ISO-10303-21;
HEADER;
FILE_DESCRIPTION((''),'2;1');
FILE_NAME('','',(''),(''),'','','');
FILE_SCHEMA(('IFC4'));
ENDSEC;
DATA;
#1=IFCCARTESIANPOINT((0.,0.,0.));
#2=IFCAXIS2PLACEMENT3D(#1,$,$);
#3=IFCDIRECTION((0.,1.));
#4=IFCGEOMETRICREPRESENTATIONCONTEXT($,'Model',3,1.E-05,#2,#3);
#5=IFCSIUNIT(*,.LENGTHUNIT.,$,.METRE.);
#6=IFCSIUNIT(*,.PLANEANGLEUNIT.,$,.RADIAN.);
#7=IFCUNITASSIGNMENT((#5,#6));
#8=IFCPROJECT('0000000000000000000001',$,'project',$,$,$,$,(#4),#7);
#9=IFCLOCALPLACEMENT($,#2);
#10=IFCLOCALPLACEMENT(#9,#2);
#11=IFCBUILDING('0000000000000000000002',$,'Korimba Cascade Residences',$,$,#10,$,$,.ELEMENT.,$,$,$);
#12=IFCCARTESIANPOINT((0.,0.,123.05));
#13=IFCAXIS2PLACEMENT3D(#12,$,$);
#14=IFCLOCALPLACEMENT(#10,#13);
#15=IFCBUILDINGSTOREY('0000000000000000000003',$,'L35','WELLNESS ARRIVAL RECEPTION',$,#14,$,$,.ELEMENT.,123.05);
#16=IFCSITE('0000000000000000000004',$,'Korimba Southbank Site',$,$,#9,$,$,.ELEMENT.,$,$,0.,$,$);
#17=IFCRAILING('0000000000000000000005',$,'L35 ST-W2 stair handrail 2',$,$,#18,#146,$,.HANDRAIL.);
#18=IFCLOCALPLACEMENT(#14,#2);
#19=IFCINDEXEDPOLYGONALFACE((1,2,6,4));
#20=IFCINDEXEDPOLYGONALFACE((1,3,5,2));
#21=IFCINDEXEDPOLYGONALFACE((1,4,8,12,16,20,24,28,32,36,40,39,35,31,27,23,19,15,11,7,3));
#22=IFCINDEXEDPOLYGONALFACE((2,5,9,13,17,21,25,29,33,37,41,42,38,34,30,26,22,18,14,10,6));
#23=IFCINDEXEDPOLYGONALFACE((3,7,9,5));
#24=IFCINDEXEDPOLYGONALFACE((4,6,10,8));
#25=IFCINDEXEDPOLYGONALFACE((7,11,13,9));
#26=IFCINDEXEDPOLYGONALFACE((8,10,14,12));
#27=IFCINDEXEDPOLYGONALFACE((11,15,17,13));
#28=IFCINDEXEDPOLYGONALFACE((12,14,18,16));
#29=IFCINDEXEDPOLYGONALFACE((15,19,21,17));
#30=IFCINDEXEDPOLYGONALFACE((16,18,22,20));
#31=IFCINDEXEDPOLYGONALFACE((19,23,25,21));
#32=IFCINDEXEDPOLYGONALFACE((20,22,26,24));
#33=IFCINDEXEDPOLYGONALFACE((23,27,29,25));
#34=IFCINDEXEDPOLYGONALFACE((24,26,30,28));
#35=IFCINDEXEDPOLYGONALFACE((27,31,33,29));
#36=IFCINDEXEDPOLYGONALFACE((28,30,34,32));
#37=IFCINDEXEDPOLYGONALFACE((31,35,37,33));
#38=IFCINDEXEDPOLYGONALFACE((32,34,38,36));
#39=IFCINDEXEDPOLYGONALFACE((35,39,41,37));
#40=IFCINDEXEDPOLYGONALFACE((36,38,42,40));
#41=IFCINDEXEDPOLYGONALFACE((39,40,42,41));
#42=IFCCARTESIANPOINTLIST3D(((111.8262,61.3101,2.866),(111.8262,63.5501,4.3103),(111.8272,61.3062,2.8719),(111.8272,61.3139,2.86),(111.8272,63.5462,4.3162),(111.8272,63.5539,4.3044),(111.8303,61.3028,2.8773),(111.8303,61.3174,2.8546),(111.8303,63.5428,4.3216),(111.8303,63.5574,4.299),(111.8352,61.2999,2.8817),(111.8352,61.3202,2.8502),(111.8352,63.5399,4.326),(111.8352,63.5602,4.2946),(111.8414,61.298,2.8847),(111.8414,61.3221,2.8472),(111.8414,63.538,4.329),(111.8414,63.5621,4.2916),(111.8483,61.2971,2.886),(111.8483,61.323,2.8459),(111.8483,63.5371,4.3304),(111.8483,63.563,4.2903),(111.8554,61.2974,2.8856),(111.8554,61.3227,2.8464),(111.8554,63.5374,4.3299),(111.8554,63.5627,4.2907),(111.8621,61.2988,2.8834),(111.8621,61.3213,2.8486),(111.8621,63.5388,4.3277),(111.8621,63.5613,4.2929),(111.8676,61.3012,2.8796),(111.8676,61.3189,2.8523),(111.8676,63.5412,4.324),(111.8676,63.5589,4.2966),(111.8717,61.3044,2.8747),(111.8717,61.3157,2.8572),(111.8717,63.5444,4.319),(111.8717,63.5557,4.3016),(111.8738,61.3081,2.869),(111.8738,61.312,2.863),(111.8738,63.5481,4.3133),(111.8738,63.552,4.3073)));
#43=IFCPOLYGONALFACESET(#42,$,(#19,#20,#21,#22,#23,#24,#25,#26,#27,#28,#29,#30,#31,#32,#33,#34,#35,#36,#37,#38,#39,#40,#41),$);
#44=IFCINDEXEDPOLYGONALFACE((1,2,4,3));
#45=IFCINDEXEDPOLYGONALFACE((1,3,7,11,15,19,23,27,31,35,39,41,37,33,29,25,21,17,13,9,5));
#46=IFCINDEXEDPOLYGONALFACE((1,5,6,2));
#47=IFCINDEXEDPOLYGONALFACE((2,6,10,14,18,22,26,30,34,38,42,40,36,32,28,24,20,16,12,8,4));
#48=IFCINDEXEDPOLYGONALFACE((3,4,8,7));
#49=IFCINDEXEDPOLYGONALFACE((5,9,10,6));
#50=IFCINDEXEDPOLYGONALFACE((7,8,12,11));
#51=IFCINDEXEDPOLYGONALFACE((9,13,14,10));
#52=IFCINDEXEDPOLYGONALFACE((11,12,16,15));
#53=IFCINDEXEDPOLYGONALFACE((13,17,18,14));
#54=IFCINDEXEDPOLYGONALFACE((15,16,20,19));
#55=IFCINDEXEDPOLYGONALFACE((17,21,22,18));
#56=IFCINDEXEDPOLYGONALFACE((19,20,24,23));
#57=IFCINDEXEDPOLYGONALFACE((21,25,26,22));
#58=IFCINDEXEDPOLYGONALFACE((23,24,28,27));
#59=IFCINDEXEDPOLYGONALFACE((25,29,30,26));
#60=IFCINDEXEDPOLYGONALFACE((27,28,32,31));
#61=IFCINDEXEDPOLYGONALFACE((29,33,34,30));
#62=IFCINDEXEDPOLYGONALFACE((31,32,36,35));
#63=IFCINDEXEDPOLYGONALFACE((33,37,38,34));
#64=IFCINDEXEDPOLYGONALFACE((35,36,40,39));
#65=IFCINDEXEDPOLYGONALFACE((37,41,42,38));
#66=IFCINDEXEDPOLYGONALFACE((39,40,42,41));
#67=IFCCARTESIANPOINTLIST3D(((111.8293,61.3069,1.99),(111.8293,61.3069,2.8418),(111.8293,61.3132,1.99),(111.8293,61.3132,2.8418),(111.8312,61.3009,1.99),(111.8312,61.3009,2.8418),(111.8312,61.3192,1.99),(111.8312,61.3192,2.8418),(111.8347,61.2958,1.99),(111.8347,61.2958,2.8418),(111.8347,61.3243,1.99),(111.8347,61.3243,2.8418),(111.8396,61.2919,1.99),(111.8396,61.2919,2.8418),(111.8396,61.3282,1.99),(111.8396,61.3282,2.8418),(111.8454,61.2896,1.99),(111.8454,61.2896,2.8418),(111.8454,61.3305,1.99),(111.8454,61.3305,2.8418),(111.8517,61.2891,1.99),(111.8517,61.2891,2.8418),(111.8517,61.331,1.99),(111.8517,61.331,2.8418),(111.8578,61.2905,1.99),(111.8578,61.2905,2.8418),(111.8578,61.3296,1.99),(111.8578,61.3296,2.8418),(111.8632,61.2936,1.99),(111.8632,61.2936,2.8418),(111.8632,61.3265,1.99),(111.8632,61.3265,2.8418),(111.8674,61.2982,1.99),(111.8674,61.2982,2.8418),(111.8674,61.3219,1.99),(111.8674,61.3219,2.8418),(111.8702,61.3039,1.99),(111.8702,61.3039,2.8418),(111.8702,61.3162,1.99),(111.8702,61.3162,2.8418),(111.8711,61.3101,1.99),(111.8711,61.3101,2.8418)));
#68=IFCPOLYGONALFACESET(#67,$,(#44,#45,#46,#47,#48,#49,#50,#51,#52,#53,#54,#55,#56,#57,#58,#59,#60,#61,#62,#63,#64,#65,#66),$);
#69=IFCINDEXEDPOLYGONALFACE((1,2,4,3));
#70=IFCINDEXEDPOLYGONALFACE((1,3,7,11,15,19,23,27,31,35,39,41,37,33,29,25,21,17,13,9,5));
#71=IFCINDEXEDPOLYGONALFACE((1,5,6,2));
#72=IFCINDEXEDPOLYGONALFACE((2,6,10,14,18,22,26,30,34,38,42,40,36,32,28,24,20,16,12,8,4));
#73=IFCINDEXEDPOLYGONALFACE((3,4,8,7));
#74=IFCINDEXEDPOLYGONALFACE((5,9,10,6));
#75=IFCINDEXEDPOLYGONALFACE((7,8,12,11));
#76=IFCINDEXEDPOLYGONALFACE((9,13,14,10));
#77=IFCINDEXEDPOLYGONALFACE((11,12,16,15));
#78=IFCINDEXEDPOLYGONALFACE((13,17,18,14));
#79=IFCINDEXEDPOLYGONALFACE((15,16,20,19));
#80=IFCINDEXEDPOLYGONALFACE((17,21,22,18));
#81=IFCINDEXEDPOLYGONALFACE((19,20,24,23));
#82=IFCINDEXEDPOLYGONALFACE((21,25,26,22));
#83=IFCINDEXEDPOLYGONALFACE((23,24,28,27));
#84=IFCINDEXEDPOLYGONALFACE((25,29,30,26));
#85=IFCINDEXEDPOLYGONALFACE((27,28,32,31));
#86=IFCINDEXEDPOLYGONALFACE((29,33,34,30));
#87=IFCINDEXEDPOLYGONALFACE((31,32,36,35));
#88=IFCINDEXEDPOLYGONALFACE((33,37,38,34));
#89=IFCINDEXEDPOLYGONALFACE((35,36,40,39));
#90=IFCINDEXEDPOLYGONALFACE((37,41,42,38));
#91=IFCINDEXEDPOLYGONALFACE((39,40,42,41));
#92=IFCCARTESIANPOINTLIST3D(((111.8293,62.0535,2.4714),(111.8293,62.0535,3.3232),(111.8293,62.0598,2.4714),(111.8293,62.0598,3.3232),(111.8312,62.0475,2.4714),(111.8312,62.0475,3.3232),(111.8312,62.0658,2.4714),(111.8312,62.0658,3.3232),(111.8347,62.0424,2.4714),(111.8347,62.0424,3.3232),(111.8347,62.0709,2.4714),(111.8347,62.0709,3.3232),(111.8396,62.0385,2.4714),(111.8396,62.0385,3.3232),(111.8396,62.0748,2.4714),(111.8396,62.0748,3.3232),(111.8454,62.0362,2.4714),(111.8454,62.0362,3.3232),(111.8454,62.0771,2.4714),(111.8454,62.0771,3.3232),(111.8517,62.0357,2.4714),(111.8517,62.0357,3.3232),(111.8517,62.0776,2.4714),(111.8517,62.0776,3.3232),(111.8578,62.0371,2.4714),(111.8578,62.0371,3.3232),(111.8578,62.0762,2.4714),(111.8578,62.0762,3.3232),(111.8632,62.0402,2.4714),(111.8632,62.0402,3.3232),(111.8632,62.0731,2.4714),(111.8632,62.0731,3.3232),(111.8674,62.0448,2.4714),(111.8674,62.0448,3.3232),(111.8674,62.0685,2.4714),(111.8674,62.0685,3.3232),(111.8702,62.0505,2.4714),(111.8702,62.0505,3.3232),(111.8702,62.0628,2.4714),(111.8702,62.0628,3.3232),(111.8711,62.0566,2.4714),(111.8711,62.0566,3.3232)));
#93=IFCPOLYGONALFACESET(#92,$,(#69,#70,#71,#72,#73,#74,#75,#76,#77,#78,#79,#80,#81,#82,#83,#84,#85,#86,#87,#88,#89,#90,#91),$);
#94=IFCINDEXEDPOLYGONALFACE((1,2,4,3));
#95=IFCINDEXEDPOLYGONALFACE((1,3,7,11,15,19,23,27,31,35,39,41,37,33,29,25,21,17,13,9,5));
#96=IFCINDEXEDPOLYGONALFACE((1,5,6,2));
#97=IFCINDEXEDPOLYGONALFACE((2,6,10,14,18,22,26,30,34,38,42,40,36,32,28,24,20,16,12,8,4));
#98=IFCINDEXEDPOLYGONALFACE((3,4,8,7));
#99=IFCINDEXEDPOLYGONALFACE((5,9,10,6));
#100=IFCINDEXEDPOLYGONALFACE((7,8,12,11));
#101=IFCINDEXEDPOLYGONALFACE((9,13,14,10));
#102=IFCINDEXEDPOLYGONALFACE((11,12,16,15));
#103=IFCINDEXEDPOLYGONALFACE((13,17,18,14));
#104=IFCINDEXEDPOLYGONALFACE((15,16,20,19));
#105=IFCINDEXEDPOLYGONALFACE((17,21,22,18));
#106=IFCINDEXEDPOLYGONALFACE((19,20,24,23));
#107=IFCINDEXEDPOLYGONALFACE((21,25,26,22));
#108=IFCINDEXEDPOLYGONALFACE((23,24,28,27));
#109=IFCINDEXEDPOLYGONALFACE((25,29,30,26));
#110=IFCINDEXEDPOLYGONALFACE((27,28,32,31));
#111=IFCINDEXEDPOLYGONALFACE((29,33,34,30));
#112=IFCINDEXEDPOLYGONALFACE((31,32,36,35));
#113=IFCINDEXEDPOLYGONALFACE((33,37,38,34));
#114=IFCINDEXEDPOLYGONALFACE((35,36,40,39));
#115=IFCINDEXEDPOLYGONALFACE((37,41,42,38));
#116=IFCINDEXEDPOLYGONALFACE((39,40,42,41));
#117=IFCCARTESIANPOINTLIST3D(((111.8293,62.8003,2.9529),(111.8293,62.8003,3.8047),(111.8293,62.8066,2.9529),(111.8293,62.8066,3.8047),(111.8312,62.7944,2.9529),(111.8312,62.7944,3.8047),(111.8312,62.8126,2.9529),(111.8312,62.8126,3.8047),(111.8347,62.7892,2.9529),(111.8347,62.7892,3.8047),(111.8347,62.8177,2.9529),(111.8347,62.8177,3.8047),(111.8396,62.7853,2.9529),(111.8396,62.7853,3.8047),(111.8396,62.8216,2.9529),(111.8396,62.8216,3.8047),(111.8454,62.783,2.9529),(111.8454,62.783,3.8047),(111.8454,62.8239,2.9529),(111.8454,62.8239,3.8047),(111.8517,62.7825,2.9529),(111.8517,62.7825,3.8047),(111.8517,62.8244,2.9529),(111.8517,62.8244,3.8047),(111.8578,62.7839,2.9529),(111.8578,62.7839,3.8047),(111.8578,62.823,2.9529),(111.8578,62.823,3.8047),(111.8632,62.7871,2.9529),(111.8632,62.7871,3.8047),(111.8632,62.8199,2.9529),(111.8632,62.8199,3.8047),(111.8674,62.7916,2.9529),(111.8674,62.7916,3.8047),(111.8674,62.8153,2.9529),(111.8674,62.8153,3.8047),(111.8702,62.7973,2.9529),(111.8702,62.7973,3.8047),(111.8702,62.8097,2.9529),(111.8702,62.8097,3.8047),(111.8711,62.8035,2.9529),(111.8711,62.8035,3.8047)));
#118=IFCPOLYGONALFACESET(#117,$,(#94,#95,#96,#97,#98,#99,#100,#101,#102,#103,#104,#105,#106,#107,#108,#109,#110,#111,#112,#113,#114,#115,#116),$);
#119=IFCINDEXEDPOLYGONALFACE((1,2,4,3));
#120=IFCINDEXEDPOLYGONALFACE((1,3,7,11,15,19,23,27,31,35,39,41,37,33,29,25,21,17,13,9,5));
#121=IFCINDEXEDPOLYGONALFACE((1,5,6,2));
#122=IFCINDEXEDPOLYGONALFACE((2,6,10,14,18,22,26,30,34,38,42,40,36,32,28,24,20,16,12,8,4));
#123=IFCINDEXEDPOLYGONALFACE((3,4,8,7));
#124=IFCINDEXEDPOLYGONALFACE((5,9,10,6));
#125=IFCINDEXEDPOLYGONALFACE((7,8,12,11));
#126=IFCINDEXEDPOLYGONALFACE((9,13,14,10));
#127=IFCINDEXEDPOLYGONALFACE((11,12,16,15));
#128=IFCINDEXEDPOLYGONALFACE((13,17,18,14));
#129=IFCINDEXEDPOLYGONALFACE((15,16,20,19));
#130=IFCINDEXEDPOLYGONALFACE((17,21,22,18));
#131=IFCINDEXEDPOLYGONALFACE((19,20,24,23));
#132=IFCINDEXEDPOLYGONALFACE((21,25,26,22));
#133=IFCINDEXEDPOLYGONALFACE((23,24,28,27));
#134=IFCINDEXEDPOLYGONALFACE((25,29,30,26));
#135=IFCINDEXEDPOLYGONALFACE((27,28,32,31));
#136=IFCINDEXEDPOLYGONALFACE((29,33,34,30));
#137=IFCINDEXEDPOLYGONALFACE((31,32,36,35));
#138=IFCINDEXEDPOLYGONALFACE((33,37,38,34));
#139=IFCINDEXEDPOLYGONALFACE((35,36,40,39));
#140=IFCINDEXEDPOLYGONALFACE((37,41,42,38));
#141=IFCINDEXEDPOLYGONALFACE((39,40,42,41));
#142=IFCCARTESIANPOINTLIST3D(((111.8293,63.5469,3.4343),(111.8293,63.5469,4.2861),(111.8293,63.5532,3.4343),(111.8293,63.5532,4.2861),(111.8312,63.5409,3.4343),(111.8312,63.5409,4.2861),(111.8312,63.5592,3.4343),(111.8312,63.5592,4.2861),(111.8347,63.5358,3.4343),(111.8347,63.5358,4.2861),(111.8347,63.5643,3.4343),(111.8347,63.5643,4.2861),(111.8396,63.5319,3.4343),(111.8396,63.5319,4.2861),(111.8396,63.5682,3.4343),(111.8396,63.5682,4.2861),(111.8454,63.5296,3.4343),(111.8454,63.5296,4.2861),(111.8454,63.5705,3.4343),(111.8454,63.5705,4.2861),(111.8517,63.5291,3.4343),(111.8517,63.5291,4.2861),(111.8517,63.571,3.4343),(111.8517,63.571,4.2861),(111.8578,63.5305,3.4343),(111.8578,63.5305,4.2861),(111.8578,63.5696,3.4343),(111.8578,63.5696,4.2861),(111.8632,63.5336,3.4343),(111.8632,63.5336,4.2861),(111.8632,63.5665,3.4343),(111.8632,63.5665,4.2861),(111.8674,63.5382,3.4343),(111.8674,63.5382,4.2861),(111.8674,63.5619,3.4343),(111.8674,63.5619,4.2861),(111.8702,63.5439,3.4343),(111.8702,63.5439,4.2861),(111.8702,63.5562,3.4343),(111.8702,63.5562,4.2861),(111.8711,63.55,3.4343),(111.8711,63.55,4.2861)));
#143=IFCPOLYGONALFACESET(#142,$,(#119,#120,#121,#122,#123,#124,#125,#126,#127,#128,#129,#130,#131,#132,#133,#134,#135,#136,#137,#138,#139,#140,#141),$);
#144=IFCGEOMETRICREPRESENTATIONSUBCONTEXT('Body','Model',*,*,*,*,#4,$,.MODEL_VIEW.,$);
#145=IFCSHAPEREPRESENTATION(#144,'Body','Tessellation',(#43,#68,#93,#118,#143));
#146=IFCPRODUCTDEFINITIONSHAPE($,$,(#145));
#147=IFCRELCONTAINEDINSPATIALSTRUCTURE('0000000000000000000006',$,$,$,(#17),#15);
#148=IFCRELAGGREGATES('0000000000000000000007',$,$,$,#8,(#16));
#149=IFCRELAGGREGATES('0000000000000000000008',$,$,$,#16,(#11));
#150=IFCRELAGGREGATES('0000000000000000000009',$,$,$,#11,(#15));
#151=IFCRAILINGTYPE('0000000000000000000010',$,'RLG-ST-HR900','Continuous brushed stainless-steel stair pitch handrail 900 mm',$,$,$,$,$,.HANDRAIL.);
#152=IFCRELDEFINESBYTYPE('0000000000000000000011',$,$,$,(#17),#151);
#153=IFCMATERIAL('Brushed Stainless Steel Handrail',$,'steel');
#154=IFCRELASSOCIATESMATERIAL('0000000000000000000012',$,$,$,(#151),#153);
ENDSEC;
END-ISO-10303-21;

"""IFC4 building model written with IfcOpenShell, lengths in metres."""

from ifc_helpers import new_model, si_unit, direction, frame, origin, origin_2d, place, context, subcontext, project, spatial, circle, extrude, material, type_object, element, save


model = new_model("IFC4")

# Units and contexts
model_context = context("Model", 3, precision=1e-05, world=origin(), true_north=direction((0.0, 1.0)))
body_context = subcontext(model_context, "Body", "Model", "MODEL_VIEW")
ifc_project = project(units=[si_unit("LENGTHUNIT", "METRE"), si_unit("PLANEANGLEUNIT", "RADIAN")], contexts=[model_context])

# Site, building, storey
site_placement = place(None, origin())
site = spatial("IfcSite", under=ifc_project, at=site_placement, Name="Korimba Southbank Site", CompositionType="ELEMENT", RefElevation=0.0)
building_placement = place(site_placement, origin())
building = spatial("IfcBuilding", under=site, at=building_placement, Name="Korimba Cascade Residences", CompositionType="ELEMENT")
storey_placement = place(building_placement, frame((0.0, 0.0, 123.05)))
storey = spatial("IfcBuildingStorey", under=building, at=storey_placement, Name="L35", Description="WELLNESS ARRIVAL RECEPTION", CompositionType="ELEMENT", Elevation=123.05)

# Railing
ifc_material_1 = material(Name="Brushed Stainless Steel Handrail", Category="steel")
railing_type_1 = type_object("IfcRailingType", Name="RLG-ST-HR900", Description="Continuous brushed stainless-steel stair pitch handrail 900 mm", PredefinedType="HANDRAIL", material=ifc_material_1)
railing_1_placement = place(storey_placement, frame((111.8501, 61.3101, 1.99)))
element("IfcRailing", 1, at=railing_1_placement, inside=storey, type_object=railing_type_1, Name="L35 ST-W2 stair handrail 2", PredefinedType="HANDRAIL", context=body_context, shape_type="SweptSolid", body=[
    extrude(circle(Radius=0.0239, at=origin_2d()), frame((0.0, 0.0, 0.876), z_axis=(0.0, 0.840437, 0.54191), x_axis=(-1.0, 0.0, 0.0)), (0.0, 0.0, 1.0), 2.6653),
    extrude(circle(Radius=0.021, at=origin_2d()), origin(), (0.0, 0.0, 1.0), 0.8518),
    extrude(circle(Radius=0.021, at=origin_2d()), frame((0.0, 0.7466, 0.4814)), (0.0, 0.0, 1.0), 0.8518),
    extrude(circle(Radius=0.021, at=origin_2d()), frame((0.0, 1.4934, 0.9629)), (0.0, 0.0, 1.0), 0.8518),
    extrude(circle(Radius=0.021, at=origin_2d()), frame((0.0, 2.24, 1.4443)), (0.0, 0.0, 1.0), 0.8518),
])

save(model, "model.ifc")
